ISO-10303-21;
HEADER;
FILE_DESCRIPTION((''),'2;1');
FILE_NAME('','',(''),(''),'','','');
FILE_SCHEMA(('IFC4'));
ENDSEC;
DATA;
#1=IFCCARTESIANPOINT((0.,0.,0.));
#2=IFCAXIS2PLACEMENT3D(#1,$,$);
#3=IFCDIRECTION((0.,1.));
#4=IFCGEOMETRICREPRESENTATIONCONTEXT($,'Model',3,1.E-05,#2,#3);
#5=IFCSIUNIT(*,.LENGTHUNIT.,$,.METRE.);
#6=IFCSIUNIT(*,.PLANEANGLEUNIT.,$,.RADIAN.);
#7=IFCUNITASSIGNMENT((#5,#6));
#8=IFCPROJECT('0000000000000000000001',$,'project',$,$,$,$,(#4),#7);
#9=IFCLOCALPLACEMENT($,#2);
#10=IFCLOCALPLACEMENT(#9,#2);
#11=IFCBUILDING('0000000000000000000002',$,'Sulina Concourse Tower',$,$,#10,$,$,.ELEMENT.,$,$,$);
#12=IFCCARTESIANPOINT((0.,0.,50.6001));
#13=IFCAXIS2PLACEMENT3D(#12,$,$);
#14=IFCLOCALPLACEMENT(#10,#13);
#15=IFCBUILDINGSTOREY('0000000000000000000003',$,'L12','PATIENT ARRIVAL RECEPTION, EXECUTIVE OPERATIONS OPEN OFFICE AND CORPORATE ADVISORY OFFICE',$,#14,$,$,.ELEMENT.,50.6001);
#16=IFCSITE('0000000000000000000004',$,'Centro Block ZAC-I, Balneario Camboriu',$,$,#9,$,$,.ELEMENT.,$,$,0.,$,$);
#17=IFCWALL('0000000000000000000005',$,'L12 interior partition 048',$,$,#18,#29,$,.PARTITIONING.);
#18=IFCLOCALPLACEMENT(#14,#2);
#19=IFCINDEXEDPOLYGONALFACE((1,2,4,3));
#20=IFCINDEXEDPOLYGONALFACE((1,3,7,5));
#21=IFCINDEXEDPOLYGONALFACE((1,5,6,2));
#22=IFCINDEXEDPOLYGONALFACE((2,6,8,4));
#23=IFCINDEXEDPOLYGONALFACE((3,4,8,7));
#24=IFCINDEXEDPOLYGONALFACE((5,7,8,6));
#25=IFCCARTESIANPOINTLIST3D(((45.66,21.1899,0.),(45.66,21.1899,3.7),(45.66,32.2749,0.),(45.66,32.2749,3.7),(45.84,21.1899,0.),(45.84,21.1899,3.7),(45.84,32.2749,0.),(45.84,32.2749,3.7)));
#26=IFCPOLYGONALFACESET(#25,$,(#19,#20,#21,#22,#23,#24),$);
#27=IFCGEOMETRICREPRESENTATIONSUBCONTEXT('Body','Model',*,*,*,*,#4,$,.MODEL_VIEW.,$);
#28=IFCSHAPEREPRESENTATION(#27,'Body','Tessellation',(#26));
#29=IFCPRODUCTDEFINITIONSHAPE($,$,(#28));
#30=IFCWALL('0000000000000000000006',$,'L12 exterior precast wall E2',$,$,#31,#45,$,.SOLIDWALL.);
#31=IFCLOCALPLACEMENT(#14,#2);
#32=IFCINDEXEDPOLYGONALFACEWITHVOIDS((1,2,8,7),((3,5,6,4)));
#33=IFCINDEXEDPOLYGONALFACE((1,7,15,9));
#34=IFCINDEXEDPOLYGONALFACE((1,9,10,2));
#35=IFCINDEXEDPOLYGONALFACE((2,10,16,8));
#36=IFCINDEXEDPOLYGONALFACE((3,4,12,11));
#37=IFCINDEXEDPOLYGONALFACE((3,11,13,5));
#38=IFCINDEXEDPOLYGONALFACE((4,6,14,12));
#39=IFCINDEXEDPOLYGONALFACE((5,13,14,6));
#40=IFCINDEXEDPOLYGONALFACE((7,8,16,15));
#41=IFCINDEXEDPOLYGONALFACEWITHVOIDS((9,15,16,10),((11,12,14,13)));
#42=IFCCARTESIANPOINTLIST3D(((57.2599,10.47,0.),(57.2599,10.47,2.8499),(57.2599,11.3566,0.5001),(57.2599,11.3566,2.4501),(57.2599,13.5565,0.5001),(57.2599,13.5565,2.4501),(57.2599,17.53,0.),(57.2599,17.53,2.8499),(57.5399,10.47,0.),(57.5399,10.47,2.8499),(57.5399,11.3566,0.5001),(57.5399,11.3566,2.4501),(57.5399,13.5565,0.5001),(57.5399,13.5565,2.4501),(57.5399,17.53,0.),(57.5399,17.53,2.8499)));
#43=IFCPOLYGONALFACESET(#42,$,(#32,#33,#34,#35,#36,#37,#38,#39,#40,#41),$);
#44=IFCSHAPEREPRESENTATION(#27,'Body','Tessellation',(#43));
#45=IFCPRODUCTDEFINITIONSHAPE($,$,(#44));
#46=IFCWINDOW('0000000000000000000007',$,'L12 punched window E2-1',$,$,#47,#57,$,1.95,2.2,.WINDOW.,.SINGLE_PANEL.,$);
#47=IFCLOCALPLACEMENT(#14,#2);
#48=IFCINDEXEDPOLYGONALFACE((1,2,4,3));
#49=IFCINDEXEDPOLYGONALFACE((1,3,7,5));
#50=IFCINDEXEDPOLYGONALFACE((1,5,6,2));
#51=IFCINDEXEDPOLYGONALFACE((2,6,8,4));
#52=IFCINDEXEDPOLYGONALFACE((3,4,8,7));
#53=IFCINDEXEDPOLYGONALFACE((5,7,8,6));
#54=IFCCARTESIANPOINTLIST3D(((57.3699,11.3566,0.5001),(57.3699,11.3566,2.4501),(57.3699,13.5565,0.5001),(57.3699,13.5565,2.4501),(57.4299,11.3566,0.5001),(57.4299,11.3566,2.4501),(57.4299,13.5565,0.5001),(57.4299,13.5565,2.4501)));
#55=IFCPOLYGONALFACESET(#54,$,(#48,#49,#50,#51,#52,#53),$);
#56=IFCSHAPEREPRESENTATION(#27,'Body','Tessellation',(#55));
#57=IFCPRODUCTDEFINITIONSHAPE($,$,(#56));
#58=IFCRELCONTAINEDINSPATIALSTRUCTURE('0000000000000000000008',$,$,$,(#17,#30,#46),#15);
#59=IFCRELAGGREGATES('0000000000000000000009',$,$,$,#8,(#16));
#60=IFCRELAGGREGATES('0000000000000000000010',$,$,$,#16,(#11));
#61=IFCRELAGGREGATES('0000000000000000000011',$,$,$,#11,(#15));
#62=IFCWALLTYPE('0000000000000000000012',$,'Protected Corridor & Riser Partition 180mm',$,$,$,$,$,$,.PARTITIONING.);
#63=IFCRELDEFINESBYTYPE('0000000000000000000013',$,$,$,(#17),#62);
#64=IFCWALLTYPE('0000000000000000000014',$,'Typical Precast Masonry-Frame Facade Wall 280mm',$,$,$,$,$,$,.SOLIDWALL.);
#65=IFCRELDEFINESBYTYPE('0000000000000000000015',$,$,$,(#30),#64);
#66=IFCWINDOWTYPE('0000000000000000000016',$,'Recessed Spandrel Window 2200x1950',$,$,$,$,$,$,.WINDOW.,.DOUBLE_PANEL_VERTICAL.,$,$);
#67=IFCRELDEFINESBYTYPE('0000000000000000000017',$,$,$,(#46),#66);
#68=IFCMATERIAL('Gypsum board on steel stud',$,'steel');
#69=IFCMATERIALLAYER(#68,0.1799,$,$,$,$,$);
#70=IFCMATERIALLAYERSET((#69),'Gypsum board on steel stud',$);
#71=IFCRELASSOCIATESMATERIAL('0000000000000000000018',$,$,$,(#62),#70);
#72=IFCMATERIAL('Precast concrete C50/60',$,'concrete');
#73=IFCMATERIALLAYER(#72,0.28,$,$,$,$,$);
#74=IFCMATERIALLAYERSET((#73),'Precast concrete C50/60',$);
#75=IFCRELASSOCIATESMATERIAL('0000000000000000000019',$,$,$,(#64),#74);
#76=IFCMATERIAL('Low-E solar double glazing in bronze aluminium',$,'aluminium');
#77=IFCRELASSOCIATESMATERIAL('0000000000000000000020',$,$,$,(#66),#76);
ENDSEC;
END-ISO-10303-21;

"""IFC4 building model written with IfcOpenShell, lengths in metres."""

from ifc_helpers import new_model, si_unit, direction, frame, frame_2d, origin, place, context, subcontext, project, spatial, rectangle, extrude, material, layer, layer_set, type_object, element, fill, save


model = new_model("IFC4")

# Units and contexts
model_context = context("Model", 3, precision=1e-05, world=origin(), true_north=direction((0.0, 1.0)))
body_context = subcontext(model_context, "Body", "Model", "MODEL_VIEW")
ifc_project = project(units=[si_unit("LENGTHUNIT", "METRE"), si_unit("PLANEANGLEUNIT", "RADIAN")], contexts=[model_context])

# Site, building, storey
site_placement = place(None, origin())
site = spatial("IfcSite", under=ifc_project, at=site_placement, Name="Centro Block ZAC-I, Balneario Camboriu", CompositionType="ELEMENT", RefElevation=0.0)
building_placement = place(site_placement, origin())
building = spatial("IfcBuilding", under=site, at=building_placement, Name="Sulina Concourse Tower", CompositionType="ELEMENT")
storey_placement = place(building_placement, frame((0.0, 0.0, 50.6001)))
storey = spatial("IfcBuildingStorey", under=building, at=storey_placement, Name="L12", Description="PATIENT ARRIVAL RECEPTION, EXECUTIVE OPERATIONS OPEN OFFICE AND CORPORATE ADVISORY OFFICE", CompositionType="ELEMENT", Elevation=50.6001)

# Shared definitions
ifc_material_1 = material(Name="Gypsum board on steel stud", Category="steel")
ifc_layer_1 = layer(ifc_material_1, 0.1799)
ifc_layer_set_1 = layer_set([ifc_layer_1], Name="Gypsum board on steel stud")
wall_type_1 = type_object("IfcWallType", Name="Protected Corridor & Riser Partition 180mm", PredefinedType="PARTITIONING", material=ifc_layer_set_1)

# Wall
wall_1_placement = place(storey_placement, frame((45.75, 21.1899, 0.0), z_axis=(0.0, 0.0, 1.0), x_axis=(0.0, 1.0, 0.0)))
element("IfcWall", 1, at=wall_1_placement, inside=storey, type_object=wall_type_1, Name="L12 interior partition 048", PredefinedType="PARTITIONING", context=body_context, shape_type="SweptSolid", body=[
    extrude(rectangle(XDim=11.085, YDim=0.1799, at=frame_2d((5.5425, 0.0))), origin(), (0.0, 0.0, 1.0), 3.7),
])

# Wall, opening, window
ifc_material_2 = material(Name="Precast concrete C50/60", Category="concrete")
ifc_layer_2 = layer(ifc_material_2, 0.28)
ifc_layer_set_2 = layer_set([ifc_layer_2], Name="Precast concrete C50/60")
wall_type_2 = type_object("IfcWallType", Name="Typical Precast Masonry-Frame Facade Wall 280mm", PredefinedType="SOLIDWALL", material=ifc_layer_set_2)
wall_2_placement = place(storey_placement, frame((57.3999, 17.53, 0.0), z_axis=(0.0, 0.0, 1.0), x_axis=(0.0, -1.0, 0.0)))
wall_2 = element("IfcWall", 2, at=wall_2_placement, inside=storey, type_object=wall_type_2, Name="L12 exterior precast wall E2", PredefinedType="SOLIDWALL", context=body_context, shape_type="SweptSolid", body=[
    extrude(rectangle(XDim=7.0601, YDim=0.28, at=frame_2d((3.53, 0.0))), origin(), (0.0, 0.0, 1.0), 2.8499),
])
opening_1_placement = place(wall_2_placement, frame((3.9734, 0.0, 0.5)))
opening_1 = element("IfcOpeningElement", 3, at=opening_1_placement, cuts=wall_2, PredefinedType="OPENING", context=body_context, shape_type="SweptSolid", body=[
    extrude(rectangle(XDim=2.2, YDim=1.95, at=frame_2d((1.1001, 0.9751))), frame((0.0, 0.1499, 0.0), z_axis=(0.0, -1.0, 0.0), x_axis=(1.0, 0.0, 0.0)), (0.0, 0.0, 1.0), 0.3),
])
ifc_material_3 = material(Name="Low-E solar double glazing in bronze aluminium", Category="aluminium")
window_type = type_object("IfcWindowType", Name="Recessed Spandrel Window 2200x1950", PartitioningType="DOUBLE_PANEL_VERTICAL", PredefinedType="WINDOW", material=ifc_material_3)
window_placement = place(opening_1_placement, origin())
window = element("IfcWindow", 4, at=window_placement, inside=storey, type_object=window_type, Name="L12 punched window E2-1", OverallHeight=1.95, OverallWidth=2.2, PartitioningType="SINGLE_PANEL", PredefinedType="WINDOW", context=body_context, shape_type="SweptSolid", body=[
    extrude(rectangle(XDim=2.2, YDim=1.95, at=frame_2d((1.1001, 0.9751))), frame((0.0, 0.03, 0.0), z_axis=(0.0, -1.0, 0.0), x_axis=(1.0, 0.0, 0.0)), (0.0, 0.0, 1.0), 0.0601),
])
fill(opening_1, window)

save(model, "model.ifc")
